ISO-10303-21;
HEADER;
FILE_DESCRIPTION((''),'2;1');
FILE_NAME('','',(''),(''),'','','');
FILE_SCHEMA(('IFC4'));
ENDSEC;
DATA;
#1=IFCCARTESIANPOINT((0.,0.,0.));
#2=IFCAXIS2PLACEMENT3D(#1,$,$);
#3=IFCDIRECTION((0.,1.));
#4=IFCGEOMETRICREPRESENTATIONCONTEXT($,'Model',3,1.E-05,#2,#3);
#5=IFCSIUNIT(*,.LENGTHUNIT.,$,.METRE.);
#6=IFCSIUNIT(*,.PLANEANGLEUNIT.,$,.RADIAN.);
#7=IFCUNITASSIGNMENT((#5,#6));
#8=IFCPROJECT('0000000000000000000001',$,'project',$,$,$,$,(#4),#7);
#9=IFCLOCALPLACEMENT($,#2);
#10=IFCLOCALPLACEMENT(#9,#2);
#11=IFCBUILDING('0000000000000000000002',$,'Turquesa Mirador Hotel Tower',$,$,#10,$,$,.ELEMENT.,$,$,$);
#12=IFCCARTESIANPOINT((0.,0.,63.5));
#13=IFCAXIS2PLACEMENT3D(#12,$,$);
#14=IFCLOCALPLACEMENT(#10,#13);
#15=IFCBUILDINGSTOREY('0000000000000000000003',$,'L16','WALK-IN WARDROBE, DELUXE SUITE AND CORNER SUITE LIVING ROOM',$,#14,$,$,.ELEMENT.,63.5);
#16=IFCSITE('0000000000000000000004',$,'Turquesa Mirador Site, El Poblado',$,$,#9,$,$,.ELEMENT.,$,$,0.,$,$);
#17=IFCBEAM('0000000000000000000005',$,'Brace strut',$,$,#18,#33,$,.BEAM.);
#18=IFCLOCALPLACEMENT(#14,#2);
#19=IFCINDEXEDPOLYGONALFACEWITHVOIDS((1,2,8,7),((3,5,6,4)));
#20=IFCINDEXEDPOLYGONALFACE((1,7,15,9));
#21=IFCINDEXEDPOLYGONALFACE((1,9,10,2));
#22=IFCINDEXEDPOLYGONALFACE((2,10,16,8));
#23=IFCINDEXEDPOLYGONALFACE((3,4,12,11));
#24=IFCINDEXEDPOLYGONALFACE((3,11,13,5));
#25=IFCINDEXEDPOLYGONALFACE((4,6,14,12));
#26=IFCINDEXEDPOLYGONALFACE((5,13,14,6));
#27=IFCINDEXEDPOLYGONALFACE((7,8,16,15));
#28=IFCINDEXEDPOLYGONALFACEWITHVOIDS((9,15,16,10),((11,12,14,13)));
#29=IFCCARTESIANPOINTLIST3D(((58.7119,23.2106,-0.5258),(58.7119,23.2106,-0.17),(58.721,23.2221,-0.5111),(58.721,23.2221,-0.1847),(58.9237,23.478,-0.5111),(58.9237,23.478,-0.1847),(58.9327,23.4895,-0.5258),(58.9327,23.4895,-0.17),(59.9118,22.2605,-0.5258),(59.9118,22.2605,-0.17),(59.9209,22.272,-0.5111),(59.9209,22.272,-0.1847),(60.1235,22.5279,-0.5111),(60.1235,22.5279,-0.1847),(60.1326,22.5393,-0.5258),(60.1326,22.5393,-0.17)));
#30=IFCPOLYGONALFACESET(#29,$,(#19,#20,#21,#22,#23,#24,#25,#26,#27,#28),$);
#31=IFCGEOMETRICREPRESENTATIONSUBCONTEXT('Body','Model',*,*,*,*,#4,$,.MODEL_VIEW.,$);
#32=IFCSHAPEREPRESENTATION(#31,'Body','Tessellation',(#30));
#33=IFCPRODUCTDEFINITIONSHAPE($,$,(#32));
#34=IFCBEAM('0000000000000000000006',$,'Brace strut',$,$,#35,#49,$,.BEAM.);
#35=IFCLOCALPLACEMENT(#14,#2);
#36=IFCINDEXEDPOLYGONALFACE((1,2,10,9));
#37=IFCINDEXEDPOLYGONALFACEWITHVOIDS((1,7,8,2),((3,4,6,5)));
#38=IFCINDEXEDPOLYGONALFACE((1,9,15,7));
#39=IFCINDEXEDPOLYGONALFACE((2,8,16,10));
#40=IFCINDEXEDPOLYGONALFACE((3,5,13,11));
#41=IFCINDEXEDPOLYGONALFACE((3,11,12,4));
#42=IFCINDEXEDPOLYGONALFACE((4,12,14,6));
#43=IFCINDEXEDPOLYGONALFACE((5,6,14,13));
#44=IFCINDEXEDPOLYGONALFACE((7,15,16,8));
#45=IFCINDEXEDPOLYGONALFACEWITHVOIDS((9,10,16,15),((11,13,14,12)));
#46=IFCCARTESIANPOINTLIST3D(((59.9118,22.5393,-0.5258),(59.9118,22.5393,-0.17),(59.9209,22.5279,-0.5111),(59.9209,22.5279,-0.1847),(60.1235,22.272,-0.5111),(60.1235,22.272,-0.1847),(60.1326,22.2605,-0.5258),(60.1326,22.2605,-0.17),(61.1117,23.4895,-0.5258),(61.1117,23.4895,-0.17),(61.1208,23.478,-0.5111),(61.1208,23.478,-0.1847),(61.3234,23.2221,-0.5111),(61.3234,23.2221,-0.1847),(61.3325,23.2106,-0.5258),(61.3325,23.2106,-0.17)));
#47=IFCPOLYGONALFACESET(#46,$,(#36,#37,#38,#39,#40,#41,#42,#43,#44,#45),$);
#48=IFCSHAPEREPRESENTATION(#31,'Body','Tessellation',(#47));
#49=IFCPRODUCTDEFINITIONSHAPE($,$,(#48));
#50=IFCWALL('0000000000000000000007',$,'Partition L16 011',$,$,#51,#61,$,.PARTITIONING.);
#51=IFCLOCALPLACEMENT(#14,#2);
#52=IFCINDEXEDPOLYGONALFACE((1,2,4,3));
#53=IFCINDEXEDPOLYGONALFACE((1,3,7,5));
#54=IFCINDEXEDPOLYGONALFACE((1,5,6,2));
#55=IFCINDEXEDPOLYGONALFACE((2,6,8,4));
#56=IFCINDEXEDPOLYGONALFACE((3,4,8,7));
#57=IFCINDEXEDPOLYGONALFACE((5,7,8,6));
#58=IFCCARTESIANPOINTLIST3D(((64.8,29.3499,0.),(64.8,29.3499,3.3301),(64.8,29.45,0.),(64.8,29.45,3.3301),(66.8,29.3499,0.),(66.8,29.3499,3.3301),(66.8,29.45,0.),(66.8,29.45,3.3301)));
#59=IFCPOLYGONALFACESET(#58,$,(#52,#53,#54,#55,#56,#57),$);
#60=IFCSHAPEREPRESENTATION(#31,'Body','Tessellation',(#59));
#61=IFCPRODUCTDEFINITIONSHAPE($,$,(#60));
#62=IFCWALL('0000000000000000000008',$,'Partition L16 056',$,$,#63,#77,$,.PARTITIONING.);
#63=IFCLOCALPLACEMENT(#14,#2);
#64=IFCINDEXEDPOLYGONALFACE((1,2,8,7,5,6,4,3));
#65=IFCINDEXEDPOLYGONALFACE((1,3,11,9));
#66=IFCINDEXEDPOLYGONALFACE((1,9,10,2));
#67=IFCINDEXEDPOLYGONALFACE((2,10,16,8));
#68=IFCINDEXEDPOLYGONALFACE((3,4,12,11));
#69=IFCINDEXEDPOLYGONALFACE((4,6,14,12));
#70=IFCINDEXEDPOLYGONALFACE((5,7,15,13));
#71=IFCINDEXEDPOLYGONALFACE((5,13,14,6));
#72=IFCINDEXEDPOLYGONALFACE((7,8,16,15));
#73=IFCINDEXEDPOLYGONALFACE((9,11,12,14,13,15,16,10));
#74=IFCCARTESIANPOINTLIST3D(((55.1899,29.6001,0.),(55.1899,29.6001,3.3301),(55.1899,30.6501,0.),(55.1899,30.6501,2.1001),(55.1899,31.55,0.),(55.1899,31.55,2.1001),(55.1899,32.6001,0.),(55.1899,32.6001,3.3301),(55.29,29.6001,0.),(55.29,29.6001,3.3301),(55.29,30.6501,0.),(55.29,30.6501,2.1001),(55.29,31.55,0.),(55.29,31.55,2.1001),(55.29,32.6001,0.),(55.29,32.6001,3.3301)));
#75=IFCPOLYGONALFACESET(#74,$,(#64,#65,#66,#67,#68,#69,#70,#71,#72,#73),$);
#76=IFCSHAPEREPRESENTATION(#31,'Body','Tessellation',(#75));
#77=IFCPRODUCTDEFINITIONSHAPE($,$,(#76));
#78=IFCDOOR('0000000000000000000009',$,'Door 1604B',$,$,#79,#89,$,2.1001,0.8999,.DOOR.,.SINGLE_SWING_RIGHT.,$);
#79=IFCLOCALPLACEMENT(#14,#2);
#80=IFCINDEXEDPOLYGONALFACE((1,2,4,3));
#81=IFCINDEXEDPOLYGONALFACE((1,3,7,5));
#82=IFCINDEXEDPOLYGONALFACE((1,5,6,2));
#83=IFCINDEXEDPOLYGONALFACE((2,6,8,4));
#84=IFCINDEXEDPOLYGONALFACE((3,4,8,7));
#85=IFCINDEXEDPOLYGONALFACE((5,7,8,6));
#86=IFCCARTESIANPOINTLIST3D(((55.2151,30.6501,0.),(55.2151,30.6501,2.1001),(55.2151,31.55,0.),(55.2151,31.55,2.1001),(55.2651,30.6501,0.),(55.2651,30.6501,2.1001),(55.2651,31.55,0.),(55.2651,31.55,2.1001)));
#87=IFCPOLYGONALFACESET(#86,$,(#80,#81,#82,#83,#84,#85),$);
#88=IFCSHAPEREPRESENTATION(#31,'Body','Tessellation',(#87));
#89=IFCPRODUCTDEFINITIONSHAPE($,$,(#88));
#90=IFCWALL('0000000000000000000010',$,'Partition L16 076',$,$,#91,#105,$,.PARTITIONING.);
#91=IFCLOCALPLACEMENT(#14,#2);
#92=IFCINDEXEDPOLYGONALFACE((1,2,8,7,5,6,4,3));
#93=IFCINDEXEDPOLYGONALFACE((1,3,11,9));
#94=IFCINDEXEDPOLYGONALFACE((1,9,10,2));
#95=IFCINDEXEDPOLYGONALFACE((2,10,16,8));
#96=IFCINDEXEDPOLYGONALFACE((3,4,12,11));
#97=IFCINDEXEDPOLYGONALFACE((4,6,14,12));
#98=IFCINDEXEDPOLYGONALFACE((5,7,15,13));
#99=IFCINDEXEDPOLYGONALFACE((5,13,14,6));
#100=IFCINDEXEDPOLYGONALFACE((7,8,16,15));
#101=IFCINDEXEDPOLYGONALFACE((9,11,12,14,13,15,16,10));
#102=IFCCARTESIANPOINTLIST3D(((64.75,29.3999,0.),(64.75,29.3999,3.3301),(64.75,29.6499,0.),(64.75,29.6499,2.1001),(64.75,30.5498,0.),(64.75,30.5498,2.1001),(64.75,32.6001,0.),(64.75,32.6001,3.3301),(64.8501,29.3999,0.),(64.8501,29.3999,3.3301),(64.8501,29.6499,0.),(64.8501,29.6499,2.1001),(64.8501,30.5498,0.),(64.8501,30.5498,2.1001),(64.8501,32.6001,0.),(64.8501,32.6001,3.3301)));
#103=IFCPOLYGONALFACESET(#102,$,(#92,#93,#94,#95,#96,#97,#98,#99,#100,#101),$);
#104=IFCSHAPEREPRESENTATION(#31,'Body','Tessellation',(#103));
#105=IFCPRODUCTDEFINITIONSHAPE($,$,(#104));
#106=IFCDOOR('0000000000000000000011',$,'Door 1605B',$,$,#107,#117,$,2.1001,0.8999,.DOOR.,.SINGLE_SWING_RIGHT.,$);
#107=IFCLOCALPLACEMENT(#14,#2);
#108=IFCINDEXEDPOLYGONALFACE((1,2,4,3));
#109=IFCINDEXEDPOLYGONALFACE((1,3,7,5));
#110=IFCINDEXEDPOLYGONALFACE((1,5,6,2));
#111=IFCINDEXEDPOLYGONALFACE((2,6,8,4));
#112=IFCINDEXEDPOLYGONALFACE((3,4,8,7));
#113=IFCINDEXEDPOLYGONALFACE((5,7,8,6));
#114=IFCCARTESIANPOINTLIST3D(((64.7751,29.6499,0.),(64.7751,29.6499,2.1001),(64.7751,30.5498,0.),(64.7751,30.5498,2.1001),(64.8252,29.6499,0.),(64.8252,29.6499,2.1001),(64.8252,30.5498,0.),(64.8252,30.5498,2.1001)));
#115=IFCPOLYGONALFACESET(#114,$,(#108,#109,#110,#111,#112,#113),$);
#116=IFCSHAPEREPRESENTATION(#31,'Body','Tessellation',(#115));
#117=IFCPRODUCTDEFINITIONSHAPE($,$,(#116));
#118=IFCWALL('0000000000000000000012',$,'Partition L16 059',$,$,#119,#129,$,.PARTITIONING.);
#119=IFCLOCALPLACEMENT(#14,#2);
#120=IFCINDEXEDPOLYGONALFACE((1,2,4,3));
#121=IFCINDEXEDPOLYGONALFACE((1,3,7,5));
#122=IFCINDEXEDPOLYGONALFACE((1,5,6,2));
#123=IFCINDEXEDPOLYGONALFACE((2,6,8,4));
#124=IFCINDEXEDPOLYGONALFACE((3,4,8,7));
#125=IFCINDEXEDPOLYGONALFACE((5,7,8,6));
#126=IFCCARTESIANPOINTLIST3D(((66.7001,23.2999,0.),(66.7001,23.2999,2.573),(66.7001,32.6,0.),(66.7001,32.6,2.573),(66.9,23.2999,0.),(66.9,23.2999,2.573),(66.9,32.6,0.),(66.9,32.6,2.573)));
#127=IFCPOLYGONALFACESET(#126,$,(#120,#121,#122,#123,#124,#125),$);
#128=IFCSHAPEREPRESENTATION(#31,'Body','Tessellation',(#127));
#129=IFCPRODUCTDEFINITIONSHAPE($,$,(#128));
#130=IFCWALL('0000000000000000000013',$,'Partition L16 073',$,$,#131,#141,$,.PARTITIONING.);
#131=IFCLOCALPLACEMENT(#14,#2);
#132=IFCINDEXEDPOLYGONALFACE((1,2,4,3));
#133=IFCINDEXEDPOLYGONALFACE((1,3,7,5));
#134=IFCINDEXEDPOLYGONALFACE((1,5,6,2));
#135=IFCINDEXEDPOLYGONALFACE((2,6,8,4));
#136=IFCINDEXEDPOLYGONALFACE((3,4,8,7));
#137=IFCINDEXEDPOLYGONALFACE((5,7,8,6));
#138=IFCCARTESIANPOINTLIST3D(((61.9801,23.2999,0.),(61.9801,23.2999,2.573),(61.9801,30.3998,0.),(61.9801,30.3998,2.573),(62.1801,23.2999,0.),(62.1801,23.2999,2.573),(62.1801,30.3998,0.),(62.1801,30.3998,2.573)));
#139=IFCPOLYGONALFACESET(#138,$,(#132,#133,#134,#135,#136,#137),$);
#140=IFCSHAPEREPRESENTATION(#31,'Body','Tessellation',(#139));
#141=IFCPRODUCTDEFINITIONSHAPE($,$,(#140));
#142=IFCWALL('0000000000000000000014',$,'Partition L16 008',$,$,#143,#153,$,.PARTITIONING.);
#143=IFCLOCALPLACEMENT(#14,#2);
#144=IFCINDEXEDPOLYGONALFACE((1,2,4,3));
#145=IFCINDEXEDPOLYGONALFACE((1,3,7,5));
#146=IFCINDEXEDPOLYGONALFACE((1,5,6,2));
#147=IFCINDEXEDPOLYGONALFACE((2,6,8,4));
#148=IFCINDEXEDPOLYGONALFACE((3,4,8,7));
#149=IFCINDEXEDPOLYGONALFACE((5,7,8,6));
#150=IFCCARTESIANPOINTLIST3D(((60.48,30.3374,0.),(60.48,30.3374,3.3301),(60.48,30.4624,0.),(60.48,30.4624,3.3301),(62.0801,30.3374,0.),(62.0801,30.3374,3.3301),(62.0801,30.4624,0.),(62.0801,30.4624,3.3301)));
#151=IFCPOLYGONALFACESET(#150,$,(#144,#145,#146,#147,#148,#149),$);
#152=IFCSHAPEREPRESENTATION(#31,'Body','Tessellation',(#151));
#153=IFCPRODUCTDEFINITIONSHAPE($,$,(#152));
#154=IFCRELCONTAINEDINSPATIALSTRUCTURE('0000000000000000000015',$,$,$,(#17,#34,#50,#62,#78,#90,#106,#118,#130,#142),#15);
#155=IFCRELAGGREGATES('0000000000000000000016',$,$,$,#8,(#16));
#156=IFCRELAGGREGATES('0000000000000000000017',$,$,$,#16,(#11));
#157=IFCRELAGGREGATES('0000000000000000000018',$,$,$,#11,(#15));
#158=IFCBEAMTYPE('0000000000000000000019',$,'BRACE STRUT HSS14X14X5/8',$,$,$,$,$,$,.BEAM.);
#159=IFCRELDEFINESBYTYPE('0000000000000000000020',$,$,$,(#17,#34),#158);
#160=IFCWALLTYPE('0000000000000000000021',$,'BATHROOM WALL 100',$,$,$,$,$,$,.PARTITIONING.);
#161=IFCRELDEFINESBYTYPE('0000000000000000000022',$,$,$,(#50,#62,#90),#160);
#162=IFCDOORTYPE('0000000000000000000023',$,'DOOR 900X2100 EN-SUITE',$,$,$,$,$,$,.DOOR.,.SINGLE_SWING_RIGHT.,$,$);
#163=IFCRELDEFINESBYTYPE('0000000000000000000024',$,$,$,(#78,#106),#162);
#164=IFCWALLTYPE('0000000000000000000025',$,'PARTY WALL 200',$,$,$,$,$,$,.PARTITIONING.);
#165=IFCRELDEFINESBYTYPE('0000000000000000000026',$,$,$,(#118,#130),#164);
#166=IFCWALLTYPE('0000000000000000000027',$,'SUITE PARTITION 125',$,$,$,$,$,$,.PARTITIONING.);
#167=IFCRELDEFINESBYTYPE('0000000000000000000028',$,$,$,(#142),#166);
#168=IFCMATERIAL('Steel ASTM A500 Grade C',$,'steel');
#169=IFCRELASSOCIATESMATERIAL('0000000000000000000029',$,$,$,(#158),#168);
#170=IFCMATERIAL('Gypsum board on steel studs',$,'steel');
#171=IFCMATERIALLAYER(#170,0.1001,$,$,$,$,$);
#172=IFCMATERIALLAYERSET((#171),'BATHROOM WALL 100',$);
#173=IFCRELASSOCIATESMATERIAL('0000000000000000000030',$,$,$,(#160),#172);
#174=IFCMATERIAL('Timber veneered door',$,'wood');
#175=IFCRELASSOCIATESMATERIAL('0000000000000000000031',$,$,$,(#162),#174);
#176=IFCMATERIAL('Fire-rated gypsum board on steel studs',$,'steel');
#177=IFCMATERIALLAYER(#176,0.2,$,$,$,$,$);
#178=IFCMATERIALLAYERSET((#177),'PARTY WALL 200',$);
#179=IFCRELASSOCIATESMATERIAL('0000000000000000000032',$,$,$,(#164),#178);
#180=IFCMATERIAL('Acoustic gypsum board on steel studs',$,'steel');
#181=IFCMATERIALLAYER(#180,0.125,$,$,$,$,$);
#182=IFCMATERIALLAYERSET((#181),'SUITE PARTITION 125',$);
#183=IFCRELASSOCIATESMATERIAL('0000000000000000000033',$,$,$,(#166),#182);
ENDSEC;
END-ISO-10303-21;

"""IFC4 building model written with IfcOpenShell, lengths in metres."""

from ifc_helpers import new_model, si_unit, direction, frame, frame_2d, origin, origin_2d, place, context, subcontext, project, spatial, rectangle, hollow_rectangle, extrude, material, layer, layer_set, material_profile, profile_set, type_object, element, fill, save


model = new_model("IFC4")

# Units and contexts
model_context = context("Model", 3, precision=1e-05, world=origin(), true_north=direction((0.0, 1.0)))
body_context = subcontext(model_context, "Body", "Model", "MODEL_VIEW")
ifc_project = project(units=[si_unit("LENGTHUNIT", "METRE"), si_unit("PLANEANGLEUNIT", "RADIAN")], contexts=[model_context])

# Site, building, storey
site_placement = place(None, origin())
site = spatial("IfcSite", under=ifc_project, at=site_placement, Name="Turquesa Mirador Site, El Poblado", CompositionType="ELEMENT", RefElevation=0.0)
building_placement = place(site_placement, origin())
building = spatial("IfcBuilding", under=site, at=building_placement, Name="Turquesa Mirador Hotel Tower", CompositionType="ELEMENT")
storey_placement = place(building_placement, frame((0.0, 0.0, 63.5)))
storey = spatial("IfcBuildingStorey", under=building, at=storey_placement, Name="L16", Description="WALK-IN WARDROBE, DELUXE SUITE AND CORNER SUITE LIVING ROOM", CompositionType="ELEMENT", Elevation=63.5)

# Beams
ifc_material_1 = material(Name="Steel ASTM A500 Grade C", Category="steel")
ifc_material_profile_1 = material_profile(ifc_material_1, hollow_rectangle(XDim=0.3557, YDim=0.3557, WallThickness=0.0146, at=origin_2d()), Name="HSS14X14X5/8")
ifc_profile_set_1 = profile_set([ifc_material_profile_1], Name="Steel ASTM A500 Grade C")
beam_type_1 = type_object("IfcBeamType", Name="BRACE STRUT HSS14X14X5/8", PredefinedType="BEAM", material=ifc_profile_set_1)
for number, where, z_axis, x_axis, name in (
    (1, (60.0222, 22.3999, -0.3479), (-0.783971, 0.620797, 0.0), (-0.620797, -0.783971, 0.0), "Brace strut"),
    (2, (60.0222, 22.3999, -0.3479), (0.783971, 0.620797, 0.0), (-0.620797, 0.783971, 0.0), "Brace strut"),
):
    element("IfcBeam", number, at=place(storey_placement, frame(where, z_axis=z_axis, x_axis=x_axis)), inside=storey, type_object=beam_type_1, Name=name, PredefinedType="BEAM", context=body_context, shape_type="SweptSolid", body=[
        extrude(hollow_rectangle(XDim=0.3557, YDim=0.3557, WallThickness=0.0146, at=origin_2d()), origin(), (0.0, 0.0, 1.0), 1.5305),
    ])

# Wall
ifc_material_2 = material(Name="Gypsum board on steel studs", Category="steel")
ifc_layer_1 = layer(ifc_material_2, 0.1001)
ifc_layer_set_1 = layer_set([ifc_layer_1], Name="BATHROOM WALL 100")
wall_type_1 = type_object("IfcWallType", Name="BATHROOM WALL 100", PredefinedType="PARTITIONING", material=ifc_layer_set_1)
wall_1_placement = place(storey_placement, frame((64.8, 29.3999, 0.0), z_axis=(0.0, 0.0, 1.0), x_axis=(1.0, 0.0, 0.0)))
element("IfcWall", 3, at=wall_1_placement, inside=storey, type_object=wall_type_1, Name="Partition L16 011", PredefinedType="PARTITIONING", context=body_context, shape_type="SweptSolid", body=[
    extrude(rectangle(XDim=2.0, YDim=0.1001, at=frame_2d((1.0, 0.0))), origin(), (0.0, 0.0, 1.0), 3.3301),
])

# Walls, openings, doors
wall_2_placement = place(storey_placement, frame((55.24, 29.6001, 0.0), z_axis=(0.0, 0.0, 1.0), x_axis=(0.0, 1.0, 0.0)))
wall_2 = element("IfcWall", 4, at=wall_2_placement, inside=storey, type_object=wall_type_1, Name="Partition L16 056", PredefinedType="PARTITIONING", context=body_context, shape_type="SweptSolid", body=[
    extrude(rectangle(XDim=3.0, YDim=0.1001, at=frame_2d((1.5, 0.0))), origin(), (0.0, 0.0, 1.0), 3.3301),
])
opening_1_placement = place(wall_2_placement, frame((1.05, 0.0, 0.0)))
opening_1 = element("IfcOpeningElement", 5, at=opening_1_placement, cuts=wall_2, PredefinedType="OPENING", context=body_context, shape_type="SweptSolid", body=[
    extrude(rectangle(XDim=0.8999, YDim=2.1001, at=frame_2d((0.45, 1.05))), frame((0.0, 0.0601, 0.0), z_axis=(0.0, -1.0, 0.0), x_axis=(1.0, 0.0, 0.0)), (0.0, 0.0, 1.0), 0.1201),
])
ifc_material_3 = material(Name="Timber veneered door", Category="wood")
door_type = type_object("IfcDoorType", Name="DOOR 900X2100 EN-SUITE", OperationType="SINGLE_SWING_RIGHT", PredefinedType="DOOR", material=ifc_material_3)
door_1_placement = place(opening_1_placement, origin())
door_1 = element("IfcDoor", 6, at=door_1_placement, inside=storey, type_object=door_type, Name="Door 1604B", OperationType="SINGLE_SWING_RIGHT", OverallHeight=2.1001, OverallWidth=0.8999, PredefinedType="DOOR", context=body_context, shape_type="SweptSolid", body=[
    extrude(rectangle(XDim=0.8999, YDim=2.1001, at=frame_2d((0.45, 1.05))), frame((0.0, 0.0249, 0.0), z_axis=(0.0, -1.0, 0.0), x_axis=(1.0, 0.0, 0.0)), (0.0, 0.0, 1.0), 0.05),
])
fill(opening_1, door_1)
wall_3_placement = place(storey_placement, frame((64.8, 29.3999, 0.0), z_axis=(0.0, 0.0, 1.0), x_axis=(0.0, 1.0, 0.0)))
wall_3 = element("IfcWall", 7, at=wall_3_placement, inside=storey, type_object=wall_type_1, Name="Partition L16 076", PredefinedType="PARTITIONING", context=body_context, shape_type="SweptSolid", body=[
    extrude(rectangle(XDim=3.2002, YDim=0.1001, at=frame_2d((1.6001, 0.0))), origin(), (0.0, 0.0, 1.0), 3.3301),
])
opening_2_placement = place(wall_3_placement, frame((0.25, 0.0, 0.0)))
opening_2 = element("IfcOpeningElement", 8, at=opening_2_placement, cuts=wall_3, PredefinedType="OPENING", context=body_context, shape_type="SweptSolid", body=[
    extrude(rectangle(XDim=0.8999, YDim=2.1001, at=frame_2d((0.45, 1.05))), frame((0.0, 0.0601, 0.0), z_axis=(0.0, -1.0, 0.0), x_axis=(1.0, 0.0, 0.0)), (0.0, 0.0, 1.0), 0.1201),
])
door_2_placement = place(opening_2_placement, origin())
door_2 = element("IfcDoor", 9, at=door_2_placement, inside=storey, type_object=door_type, Name="Door 1605B", OperationType="SINGLE_SWING_RIGHT", OverallHeight=2.1001, OverallWidth=0.8999, PredefinedType="DOOR", context=body_context, shape_type="SweptSolid", body=[
    extrude(rectangle(XDim=0.8999, YDim=2.1001, at=frame_2d((0.45, 1.05))), frame((0.0, 0.0249, 0.0), z_axis=(0.0, -1.0, 0.0), x_axis=(1.0, 0.0, 0.0)), (0.0, 0.0, 1.0), 0.05),
])
fill(opening_2, door_2)

# Walls
ifc_material_4 = material(Name="Fire-rated gypsum board on steel studs", Category="steel")
ifc_layer_2 = layer(ifc_material_4, 0.2)
ifc_layer_set_2 = layer_set([ifc_layer_2], Name="PARTY WALL 200")
wall_type_2 = type_object("IfcWallType", Name="PARTY WALL 200", PredefinedType="PARTITIONING", material=ifc_layer_set_2)
wall_4_placement = place(storey_placement, frame((66.8, 23.3, 0.0), z_axis=(0.0, 0.0, 1.0), x_axis=(0.0, 1.0, 0.0)))
element("IfcWall", 10, at=wall_4_placement, inside=storey, type_object=wall_type_2, Name="Partition L16 059", PredefinedType="PARTITIONING", context=body_context, shape_type="SweptSolid", body=[
    extrude(rectangle(XDim=9.3, YDim=0.2, at=frame_2d((4.6499, 0.0))), origin(), (0.0, 0.0, 1.0), 2.573),
])
wall_5_placement = place(storey_placement, frame((62.0801, 23.3, 0.0), z_axis=(0.0, 0.0, 1.0), x_axis=(0.0, 1.0, 0.0)))
element("IfcWall", 11, at=wall_5_placement, inside=storey, type_object=wall_type_2, Name="Partition L16 073", PredefinedType="PARTITIONING", context=body_context, shape_type="SweptSolid", body=[
    extrude(rectangle(XDim=7.0999, YDim=0.2, at=frame_2d((3.5498, 0.0))), origin(), (0.0, 0.0, 1.0), 2.573),
])
ifc_material_5 = material(Name="Acoustic gypsum board on steel studs", Category="steel")
ifc_layer_3 = layer(ifc_material_5, 0.125)
ifc_layer_set_3 = layer_set([ifc_layer_3], Name="SUITE PARTITION 125")
wall_type_3 = type_object("IfcWallType", Name="SUITE PARTITION 125", PredefinedType="PARTITIONING", material=ifc_layer_set_3)
wall_6_placement = place(storey_placement, frame((60.48, 30.3999, 0.0), z_axis=(0.0, 0.0, 1.0), x_axis=(1.0, 0.0, 0.0)))
element("IfcWall", 12, at=wall_6_placement, inside=storey, type_object=wall_type_3, Name="Partition L16 008", PredefinedType="PARTITIONING", context=body_context, shape_type="SweptSolid", body=[
    extrude(rectangle(XDim=1.6001, YDim=0.125, at=frame_2d((0.8, 0.0))), origin(), (0.0, 0.0, 1.0), 3.3301),
])

save(model, "model.ifc")
